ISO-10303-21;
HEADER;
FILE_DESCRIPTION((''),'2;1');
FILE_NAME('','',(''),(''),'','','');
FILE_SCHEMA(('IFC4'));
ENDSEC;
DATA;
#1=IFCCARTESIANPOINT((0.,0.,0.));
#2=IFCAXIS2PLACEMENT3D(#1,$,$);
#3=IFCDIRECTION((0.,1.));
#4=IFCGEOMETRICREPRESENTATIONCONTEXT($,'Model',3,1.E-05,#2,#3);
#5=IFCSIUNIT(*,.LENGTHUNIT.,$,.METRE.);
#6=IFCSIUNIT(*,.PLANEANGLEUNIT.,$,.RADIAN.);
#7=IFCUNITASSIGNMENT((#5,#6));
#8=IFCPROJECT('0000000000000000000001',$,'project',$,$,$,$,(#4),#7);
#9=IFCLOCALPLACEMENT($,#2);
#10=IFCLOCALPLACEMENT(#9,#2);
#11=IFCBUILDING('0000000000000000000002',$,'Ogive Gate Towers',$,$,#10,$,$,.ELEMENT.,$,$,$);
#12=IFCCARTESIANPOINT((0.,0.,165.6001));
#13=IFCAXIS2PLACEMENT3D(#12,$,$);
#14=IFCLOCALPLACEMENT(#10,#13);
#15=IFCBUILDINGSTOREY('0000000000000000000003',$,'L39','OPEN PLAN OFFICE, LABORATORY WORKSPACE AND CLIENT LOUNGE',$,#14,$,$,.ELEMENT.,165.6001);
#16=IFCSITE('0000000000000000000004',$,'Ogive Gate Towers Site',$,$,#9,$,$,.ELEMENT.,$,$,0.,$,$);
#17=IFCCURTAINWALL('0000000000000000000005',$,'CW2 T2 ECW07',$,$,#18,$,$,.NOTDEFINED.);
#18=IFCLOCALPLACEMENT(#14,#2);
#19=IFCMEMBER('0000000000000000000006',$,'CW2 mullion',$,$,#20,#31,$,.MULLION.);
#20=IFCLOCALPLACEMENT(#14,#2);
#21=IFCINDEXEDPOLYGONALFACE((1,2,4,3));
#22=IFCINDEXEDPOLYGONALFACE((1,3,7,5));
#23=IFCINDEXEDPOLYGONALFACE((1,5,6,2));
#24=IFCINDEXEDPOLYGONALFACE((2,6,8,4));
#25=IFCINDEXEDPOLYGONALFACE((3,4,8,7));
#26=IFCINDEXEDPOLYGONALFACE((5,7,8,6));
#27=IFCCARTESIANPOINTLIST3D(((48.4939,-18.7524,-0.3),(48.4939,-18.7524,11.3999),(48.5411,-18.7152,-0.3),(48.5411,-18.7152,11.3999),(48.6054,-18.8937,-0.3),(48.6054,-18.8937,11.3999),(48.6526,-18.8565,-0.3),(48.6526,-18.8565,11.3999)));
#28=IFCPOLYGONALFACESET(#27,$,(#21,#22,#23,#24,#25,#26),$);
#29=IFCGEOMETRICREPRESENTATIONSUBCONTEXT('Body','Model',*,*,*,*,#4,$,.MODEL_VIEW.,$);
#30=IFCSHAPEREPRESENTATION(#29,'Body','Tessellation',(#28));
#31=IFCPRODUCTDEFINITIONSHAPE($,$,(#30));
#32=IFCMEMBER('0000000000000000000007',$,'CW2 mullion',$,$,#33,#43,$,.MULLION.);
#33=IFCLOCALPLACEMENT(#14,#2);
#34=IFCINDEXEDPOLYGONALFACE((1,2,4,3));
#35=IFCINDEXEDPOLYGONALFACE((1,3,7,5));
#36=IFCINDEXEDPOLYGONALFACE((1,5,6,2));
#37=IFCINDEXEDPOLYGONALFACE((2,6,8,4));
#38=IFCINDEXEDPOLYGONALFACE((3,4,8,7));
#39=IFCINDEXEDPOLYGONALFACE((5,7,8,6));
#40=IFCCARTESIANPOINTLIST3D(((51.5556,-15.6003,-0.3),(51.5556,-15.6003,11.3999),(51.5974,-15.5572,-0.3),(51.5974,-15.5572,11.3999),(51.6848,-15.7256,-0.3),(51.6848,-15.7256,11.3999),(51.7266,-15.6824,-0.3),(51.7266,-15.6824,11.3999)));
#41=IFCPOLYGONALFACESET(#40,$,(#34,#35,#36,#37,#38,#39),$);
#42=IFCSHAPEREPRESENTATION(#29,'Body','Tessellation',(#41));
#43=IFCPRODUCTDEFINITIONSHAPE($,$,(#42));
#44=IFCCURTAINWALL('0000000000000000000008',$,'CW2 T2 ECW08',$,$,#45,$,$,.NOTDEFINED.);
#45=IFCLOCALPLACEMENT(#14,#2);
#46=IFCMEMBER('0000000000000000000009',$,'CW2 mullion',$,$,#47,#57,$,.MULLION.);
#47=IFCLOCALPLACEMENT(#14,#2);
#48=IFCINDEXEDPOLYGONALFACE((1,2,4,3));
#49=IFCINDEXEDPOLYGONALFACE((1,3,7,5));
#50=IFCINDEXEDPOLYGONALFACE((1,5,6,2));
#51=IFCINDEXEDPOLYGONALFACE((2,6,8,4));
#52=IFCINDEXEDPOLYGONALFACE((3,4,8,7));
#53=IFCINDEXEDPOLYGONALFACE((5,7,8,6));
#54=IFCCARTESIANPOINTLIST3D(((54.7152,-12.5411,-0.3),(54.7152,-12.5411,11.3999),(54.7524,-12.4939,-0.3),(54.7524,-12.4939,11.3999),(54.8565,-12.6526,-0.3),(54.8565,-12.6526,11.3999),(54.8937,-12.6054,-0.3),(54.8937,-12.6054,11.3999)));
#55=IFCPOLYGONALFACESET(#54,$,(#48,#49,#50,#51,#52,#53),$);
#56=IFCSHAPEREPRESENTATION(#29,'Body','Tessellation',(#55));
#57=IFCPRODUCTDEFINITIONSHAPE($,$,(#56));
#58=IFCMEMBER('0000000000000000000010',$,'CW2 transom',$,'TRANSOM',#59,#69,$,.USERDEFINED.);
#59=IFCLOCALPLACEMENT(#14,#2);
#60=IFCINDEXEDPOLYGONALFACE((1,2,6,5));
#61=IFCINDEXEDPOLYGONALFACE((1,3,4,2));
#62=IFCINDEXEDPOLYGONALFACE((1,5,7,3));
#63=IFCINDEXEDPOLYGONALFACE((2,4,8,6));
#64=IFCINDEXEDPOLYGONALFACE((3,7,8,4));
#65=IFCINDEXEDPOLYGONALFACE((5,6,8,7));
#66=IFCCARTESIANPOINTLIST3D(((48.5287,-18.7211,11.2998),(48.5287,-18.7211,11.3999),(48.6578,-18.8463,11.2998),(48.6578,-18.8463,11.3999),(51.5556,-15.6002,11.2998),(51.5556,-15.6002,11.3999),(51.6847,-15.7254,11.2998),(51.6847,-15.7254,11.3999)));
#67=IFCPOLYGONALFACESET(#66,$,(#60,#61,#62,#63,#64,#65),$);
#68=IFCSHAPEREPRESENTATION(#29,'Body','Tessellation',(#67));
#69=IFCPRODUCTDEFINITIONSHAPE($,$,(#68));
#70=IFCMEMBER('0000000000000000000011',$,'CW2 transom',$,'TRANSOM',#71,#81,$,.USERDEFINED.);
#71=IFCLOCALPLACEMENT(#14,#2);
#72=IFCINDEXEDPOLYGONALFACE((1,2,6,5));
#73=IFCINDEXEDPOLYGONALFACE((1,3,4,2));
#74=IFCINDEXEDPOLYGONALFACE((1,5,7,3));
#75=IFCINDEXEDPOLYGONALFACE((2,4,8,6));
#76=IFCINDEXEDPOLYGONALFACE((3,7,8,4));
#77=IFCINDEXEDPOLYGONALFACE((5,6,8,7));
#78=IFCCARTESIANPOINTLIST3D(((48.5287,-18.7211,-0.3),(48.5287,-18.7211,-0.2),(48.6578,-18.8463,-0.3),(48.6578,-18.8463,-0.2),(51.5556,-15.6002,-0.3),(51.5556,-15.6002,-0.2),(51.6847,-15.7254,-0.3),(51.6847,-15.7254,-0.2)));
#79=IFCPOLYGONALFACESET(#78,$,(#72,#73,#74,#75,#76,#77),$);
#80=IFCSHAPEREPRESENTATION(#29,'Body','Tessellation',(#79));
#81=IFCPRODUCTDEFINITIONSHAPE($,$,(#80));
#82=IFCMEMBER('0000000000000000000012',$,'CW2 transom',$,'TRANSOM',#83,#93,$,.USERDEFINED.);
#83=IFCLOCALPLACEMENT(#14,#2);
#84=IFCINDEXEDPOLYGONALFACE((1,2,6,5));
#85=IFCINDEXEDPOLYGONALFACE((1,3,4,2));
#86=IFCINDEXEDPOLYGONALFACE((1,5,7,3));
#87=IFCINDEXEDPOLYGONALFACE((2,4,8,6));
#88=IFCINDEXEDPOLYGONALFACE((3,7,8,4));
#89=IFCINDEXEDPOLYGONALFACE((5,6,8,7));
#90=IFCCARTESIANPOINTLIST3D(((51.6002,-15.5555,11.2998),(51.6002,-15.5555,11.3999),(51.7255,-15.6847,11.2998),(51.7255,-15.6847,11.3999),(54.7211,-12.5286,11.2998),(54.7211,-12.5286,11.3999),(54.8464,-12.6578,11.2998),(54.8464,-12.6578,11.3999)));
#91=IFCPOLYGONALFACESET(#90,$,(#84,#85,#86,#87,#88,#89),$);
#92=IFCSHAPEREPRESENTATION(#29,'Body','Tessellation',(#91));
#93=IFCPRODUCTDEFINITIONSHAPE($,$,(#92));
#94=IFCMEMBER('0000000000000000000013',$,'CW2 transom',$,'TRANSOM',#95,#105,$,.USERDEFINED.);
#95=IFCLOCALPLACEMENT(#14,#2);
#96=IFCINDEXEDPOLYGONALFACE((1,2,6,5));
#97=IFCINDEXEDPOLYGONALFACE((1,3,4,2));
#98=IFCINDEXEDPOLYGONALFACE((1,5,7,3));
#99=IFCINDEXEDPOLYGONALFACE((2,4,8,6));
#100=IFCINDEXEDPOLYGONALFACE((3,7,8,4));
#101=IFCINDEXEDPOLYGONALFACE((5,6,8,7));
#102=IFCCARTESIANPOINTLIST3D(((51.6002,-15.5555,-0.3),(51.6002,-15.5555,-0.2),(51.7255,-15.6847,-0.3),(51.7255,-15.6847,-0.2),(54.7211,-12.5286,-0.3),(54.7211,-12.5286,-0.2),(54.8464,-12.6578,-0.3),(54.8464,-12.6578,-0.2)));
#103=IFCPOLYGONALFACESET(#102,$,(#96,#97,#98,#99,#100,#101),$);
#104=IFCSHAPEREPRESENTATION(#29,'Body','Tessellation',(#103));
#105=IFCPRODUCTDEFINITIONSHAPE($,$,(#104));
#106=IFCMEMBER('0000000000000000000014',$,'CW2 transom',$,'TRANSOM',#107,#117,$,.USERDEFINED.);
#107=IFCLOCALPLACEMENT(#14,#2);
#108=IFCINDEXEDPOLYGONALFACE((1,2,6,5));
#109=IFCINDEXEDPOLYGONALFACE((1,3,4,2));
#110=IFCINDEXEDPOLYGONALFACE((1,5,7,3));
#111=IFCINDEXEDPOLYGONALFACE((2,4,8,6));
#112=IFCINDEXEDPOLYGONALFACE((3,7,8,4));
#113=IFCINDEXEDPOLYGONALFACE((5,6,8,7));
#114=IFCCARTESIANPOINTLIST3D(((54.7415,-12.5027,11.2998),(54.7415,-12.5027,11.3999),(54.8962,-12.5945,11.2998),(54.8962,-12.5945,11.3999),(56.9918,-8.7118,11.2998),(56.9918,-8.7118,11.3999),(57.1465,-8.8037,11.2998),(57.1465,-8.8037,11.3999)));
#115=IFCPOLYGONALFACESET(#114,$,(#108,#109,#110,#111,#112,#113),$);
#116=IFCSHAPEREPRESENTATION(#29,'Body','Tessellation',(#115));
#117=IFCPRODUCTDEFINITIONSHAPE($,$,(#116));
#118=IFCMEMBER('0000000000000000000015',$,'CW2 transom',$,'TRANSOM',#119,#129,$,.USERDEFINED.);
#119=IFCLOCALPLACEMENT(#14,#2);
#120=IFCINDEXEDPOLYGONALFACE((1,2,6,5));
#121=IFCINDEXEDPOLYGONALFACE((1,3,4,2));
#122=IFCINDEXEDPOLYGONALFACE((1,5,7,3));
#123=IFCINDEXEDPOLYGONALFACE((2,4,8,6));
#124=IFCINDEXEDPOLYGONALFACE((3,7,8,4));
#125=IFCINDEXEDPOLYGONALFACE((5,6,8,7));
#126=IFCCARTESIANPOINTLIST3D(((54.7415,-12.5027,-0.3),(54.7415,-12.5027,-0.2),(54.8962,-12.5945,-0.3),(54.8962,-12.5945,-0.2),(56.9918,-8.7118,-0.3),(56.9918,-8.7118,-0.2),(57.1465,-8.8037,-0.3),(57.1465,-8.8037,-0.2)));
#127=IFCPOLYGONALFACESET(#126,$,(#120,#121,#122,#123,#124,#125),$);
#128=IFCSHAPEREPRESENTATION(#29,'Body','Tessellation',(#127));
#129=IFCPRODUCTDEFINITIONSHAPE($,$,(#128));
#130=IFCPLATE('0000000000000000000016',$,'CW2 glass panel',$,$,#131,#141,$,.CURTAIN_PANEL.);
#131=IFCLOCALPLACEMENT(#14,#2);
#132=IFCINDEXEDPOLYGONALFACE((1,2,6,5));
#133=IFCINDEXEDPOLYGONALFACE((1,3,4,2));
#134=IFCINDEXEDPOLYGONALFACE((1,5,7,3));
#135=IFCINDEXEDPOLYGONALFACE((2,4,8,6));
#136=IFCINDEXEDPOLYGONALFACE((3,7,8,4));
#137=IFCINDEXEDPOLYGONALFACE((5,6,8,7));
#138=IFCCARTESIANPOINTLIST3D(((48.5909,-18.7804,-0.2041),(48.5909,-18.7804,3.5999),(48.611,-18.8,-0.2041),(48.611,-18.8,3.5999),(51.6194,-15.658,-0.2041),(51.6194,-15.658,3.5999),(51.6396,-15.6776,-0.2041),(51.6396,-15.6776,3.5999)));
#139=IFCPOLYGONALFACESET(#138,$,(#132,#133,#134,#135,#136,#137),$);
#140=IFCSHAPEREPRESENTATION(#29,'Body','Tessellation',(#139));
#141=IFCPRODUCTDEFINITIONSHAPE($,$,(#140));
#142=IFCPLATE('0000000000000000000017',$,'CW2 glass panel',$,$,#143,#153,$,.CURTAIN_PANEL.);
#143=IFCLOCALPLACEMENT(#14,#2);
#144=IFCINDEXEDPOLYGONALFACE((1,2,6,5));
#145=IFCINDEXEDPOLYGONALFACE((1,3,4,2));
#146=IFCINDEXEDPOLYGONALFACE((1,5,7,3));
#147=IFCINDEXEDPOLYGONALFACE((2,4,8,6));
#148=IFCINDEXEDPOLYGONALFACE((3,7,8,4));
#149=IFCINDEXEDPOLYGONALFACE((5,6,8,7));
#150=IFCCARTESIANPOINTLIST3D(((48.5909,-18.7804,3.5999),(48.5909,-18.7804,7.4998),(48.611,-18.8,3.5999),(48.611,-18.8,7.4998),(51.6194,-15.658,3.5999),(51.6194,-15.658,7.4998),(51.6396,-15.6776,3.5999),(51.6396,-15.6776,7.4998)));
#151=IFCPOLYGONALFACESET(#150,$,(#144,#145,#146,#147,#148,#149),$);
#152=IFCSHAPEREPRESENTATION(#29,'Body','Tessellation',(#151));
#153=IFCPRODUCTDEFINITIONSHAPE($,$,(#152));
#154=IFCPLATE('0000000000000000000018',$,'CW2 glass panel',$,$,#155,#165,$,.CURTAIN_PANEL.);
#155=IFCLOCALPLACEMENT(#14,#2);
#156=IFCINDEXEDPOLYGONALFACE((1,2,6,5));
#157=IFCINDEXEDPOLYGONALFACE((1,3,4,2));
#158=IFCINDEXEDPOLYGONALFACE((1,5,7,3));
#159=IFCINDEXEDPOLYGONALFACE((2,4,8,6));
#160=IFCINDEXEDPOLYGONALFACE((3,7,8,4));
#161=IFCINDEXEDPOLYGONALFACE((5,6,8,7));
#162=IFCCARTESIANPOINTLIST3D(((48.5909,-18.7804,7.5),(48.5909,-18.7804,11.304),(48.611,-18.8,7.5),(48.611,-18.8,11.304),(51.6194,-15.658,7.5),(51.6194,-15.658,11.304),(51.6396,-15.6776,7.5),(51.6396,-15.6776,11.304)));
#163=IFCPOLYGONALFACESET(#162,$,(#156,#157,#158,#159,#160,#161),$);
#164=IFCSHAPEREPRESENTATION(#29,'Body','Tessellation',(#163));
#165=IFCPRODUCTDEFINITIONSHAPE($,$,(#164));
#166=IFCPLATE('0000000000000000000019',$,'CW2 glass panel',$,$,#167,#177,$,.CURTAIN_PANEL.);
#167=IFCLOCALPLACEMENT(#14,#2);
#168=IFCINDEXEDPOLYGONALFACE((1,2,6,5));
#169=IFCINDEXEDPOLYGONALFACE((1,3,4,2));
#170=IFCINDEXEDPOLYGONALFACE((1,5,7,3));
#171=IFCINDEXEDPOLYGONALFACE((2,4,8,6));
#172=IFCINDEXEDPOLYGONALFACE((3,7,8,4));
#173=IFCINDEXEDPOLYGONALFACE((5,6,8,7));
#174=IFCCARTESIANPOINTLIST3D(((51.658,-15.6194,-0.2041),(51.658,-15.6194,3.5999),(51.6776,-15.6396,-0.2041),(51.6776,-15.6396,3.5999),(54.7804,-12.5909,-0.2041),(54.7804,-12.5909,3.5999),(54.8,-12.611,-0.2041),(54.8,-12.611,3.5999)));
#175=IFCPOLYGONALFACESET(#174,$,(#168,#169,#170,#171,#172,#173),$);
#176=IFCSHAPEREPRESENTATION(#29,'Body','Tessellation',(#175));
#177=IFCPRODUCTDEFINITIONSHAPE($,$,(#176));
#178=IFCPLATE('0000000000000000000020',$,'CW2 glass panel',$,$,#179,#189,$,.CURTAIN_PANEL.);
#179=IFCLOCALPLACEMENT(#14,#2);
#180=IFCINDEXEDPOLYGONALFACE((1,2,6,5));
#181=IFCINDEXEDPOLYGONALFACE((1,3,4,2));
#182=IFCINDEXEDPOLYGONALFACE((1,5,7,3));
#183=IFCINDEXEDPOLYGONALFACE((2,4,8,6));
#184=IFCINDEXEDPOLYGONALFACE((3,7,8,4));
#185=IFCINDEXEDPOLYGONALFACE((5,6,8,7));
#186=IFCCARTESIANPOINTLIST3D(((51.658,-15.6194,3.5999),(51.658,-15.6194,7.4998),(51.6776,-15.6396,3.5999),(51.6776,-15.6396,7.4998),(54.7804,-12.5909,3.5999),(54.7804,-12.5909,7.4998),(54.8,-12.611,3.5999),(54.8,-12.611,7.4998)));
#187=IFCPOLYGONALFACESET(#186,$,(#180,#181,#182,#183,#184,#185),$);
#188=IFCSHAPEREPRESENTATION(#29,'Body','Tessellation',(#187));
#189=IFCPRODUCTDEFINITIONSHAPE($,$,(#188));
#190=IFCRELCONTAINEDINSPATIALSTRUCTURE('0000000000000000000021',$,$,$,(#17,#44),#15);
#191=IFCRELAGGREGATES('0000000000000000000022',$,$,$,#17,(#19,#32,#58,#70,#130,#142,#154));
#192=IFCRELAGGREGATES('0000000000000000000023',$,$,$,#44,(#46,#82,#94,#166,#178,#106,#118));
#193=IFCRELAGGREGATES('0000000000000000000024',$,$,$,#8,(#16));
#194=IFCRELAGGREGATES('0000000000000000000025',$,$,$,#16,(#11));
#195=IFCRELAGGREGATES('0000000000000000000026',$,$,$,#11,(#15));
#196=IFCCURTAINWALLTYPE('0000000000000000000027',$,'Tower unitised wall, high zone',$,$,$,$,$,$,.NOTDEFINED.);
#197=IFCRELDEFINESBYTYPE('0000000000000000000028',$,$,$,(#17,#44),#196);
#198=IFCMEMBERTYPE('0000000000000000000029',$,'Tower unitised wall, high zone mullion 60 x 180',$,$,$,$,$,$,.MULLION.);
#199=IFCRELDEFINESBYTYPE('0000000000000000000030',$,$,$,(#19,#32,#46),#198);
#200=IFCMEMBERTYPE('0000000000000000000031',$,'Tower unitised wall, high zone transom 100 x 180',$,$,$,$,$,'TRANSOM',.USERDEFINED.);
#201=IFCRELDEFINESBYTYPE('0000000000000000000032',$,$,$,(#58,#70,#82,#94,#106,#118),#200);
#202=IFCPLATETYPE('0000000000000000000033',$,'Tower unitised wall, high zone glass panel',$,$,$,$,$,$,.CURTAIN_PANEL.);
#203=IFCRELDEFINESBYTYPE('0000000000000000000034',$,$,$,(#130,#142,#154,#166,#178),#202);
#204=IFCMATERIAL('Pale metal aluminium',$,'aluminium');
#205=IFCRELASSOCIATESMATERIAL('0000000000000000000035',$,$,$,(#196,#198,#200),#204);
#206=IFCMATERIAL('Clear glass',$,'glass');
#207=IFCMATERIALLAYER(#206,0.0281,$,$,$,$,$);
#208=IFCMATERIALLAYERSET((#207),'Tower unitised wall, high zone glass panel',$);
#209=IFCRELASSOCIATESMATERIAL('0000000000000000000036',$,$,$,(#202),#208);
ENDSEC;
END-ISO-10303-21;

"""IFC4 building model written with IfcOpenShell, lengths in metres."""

from ifc_helpers import new_model, si_unit, direction, frame, origin, origin_2d, place, context, subcontext, project, spatial, rectangle, extrude, material, layer, layer_set, material_profile, profile_set, type_object, element, aggregate, save


model = new_model("IFC4")

# Units and contexts
model_context = context("Model", 3, precision=1e-05, world=origin(), true_north=direction((0.0, 1.0)))
body_context = subcontext(model_context, "Body", "Model", "MODEL_VIEW")
ifc_project = project(units=[si_unit("LENGTHUNIT", "METRE"), si_unit("PLANEANGLEUNIT", "RADIAN")], contexts=[model_context])

# Site, building, storey
site_placement = place(None, origin())
site = spatial("IfcSite", under=ifc_project, at=site_placement, Name="Ogive Gate Towers Site", CompositionType="ELEMENT", RefElevation=0.0)
building_placement = place(site_placement, origin())
building = spatial("IfcBuilding", under=site, at=building_placement, Name="Ogive Gate Towers", CompositionType="ELEMENT")
storey_placement = place(building_placement, frame((0.0, 0.0, 165.6001)))
storey = spatial("IfcBuildingStorey", under=building, at=storey_placement, Name="L39", Description="OPEN PLAN OFFICE, LABORATORY WORKSPACE AND CLIENT LOUNGE", CompositionType="ELEMENT", Elevation=165.6001)

# Curtain wall, members
ifc_material_1 = material(Name="Pale metal aluminium", Category="aluminium")
curtain_wall_type = type_object("IfcCurtainWallType", Name="Tower unitised wall, high zone", PredefinedType="NOTDEFINED", material=ifc_material_1)
curtain_wall_1_placement = place(storey_placement, origin())
curtain_wall_1 = element("IfcCurtainWall", 1, at=curtain_wall_1_placement, inside=storey, type_object=curtain_wall_type, Name="CW2 T2 ECW07", PredefinedType="NOTDEFINED")
ifc_material_profile_1 = material_profile(ifc_material_1, rectangle(XDim=0.1799, YDim=0.0601, at=origin_2d()), Name="60 x 180 aluminium box")
ifc_profile_set_1 = profile_set([ifc_material_profile_1], Name="Pale metal aluminium")
member_type_1 = type_object("IfcMemberType", Name="Tower unitised wall, high zone mullion 60 x 180", PredefinedType="MULLION", material=ifc_profile_set_1)
member_1_placement = place(storey_placement, frame((48.5732, -18.8044, -0.3), z_axis=(0.0, 0.0, 1.0), x_axis=(0.61956, -0.784949, 0.0)))
member_1 = element("IfcMember", 2, at=member_1_placement, type_object=member_type_1, Name="CW2 mullion", PredefinedType="MULLION", context=body_context, shape_type="SweptSolid", body=[
    extrude(rectangle(XDim=0.1799, YDim=0.0601, at=origin_2d()), origin(), (0.0, 0.0, 1.0), 11.7),
])
member_2_placement = place(storey_placement, frame((51.6411, -15.6414, -0.3), z_axis=(0.0, 0.0, 1.0), x_axis=(0.71781, -0.696239, 0.0)))
member_2 = element("IfcMember", 3, at=member_2_placement, type_object=member_type_1, Name="CW2 mullion", PredefinedType="MULLION", context=body_context, shape_type="SweptSolid", body=[
    extrude(rectangle(XDim=0.1799, YDim=0.0601, at=origin_2d()), origin(), (0.0, 0.0, 1.0), 11.7),
])

# Curtain wall, member
curtain_wall_2_placement = place(storey_placement, origin())
curtain_wall_2 = element("IfcCurtainWall", 4, at=curtain_wall_2_placement, inside=storey, type_object=curtain_wall_type, Name="CW2 T2 ECW08", PredefinedType="NOTDEFINED")
member_3_placement = place(storey_placement, frame((54.8044, -12.5732, -0.3), z_axis=(0.0, 0.0, 1.0), x_axis=(0.784949, -0.61956, 0.0)))
member_3 = element("IfcMember", 5, at=member_3_placement, type_object=member_type_1, Name="CW2 mullion", PredefinedType="MULLION", context=body_context, shape_type="SweptSolid", body=[
    extrude(rectangle(XDim=0.1799, YDim=0.0601, at=origin_2d()), origin(), (0.0, 0.0, 1.0), 11.7),
])

# Members
ifc_material_profile_2 = material_profile(ifc_material_1, rectangle(XDim=0.1799, YDim=0.1001, at=origin_2d()), Name="100 x 180 aluminium box")
ifc_profile_set_2 = profile_set([ifc_material_profile_2], Name="Pale metal aluminium")
member_type_2 = type_object("IfcMemberType", Name="Tower unitised wall, high zone transom 100 x 180", ElementType="TRANSOM", PredefinedType="USERDEFINED", material=ifc_profile_set_2)
member_4_placement = place(storey_placement, frame((48.5933, -18.7837, 11.3499), z_axis=(0.696214, 0.717834, 0.0), x_axis=(-0.717834, 0.696214, 0.0)))
member_4 = element("IfcMember", 6, at=member_4_placement, type_object=member_type_2, Name="CW2 transom", ObjectType="TRANSOM", PredefinedType="USERDEFINED", context=body_context, shape_type="SweptSolid", body=[
    extrude(rectangle(XDim=0.1799, YDim=0.1001, at=origin_2d()), origin(), (0.0, 0.0, 1.0), 4.3477),
])
member_5_placement = place(storey_placement, frame((48.5933, -18.7837, -0.25), z_axis=(0.696214, 0.717834, 0.0), x_axis=(-0.717834, 0.696214, 0.0)))
member_5 = element("IfcMember", 7, at=member_5_placement, type_object=member_type_2, Name="CW2 transom", ObjectType="TRANSOM", PredefinedType="USERDEFINED", context=body_context, shape_type="SweptSolid", body=[
    extrude(rectangle(XDim=0.1799, YDim=0.1001, at=origin_2d()), origin(), (0.0, 0.0, 1.0), 4.3477),
])
member_6_placement = place(storey_placement, frame((51.6628, -15.6201, 11.3499), z_axis=(0.717834, 0.696214, 0.0), x_axis=(-0.696214, 0.717834, 0.0)))
member_6 = element("IfcMember", 8, at=member_6_placement, type_object=member_type_2, Name="CW2 transom", ObjectType="TRANSOM", PredefinedType="USERDEFINED", context=body_context, shape_type="SweptSolid", body=[
    extrude(rectangle(XDim=0.1799, YDim=0.1001, at=origin_2d()), origin(), (0.0, 0.0, 1.0), 4.3477),
])
member_7_placement = place(storey_placement, frame((51.6628, -15.6201, -0.25), z_axis=(0.717834, 0.696214, 0.0), x_axis=(-0.696214, 0.717834, 0.0)))
member_7 = element("IfcMember", 9, at=member_7_placement, type_object=member_type_2, Name="CW2 transom", ObjectType="TRANSOM", PredefinedType="USERDEFINED", context=body_context, shape_type="SweptSolid", body=[
    extrude(rectangle(XDim=0.1799, YDim=0.1001, at=origin_2d()), origin(), (0.0, 0.0, 1.0), 4.3477),
])
member_8_placement = place(storey_placement, frame((54.8188, -12.5486, 11.3499), z_axis=(0.51045, 0.859907, 0.0), x_axis=(-0.859907, 0.51045, 0.0)))
member_8 = element("IfcMember", 10, at=member_8_placement, type_object=member_type_2, Name="CW2 transom", ObjectType="TRANSOM", PredefinedType="USERDEFINED", context=body_context, shape_type="SweptSolid", body=[
    extrude(rectangle(XDim=0.1799, YDim=0.1001, at=origin_2d()), origin(), (0.0, 0.0, 1.0), 4.4084),
])
member_9_placement = place(storey_placement, frame((54.8188, -12.5486, -0.25), z_axis=(0.51045, 0.859907, 0.0), x_axis=(-0.859907, 0.51045, 0.0)))
member_9 = element("IfcMember", 11, at=member_9_placement, type_object=member_type_2, Name="CW2 transom", ObjectType="TRANSOM", PredefinedType="USERDEFINED", context=body_context, shape_type="SweptSolid", body=[
    extrude(rectangle(XDim=0.1799, YDim=0.1001, at=origin_2d()), origin(), (0.0, 0.0, 1.0), 4.4084),
])

# Plates
ifc_material_2 = material(Name="Clear glass", Category="glass")
ifc_layer_1 = layer(ifc_material_2, 0.0281)
ifc_layer_set_1 = layer_set([ifc_layer_1], Name="Tower unitised wall, high zone glass panel")
plate_type = type_object("IfcPlateType", Name="Tower unitised wall, high zone glass panel", PredefinedType="CURTAIN_PANEL", material=ifc_layer_set_1)
plate_1_placement = place(storey_placement, frame((50.1152, -17.229, -0.2041), z_axis=(0.0, 0.0, 1.0), x_axis=(0.696239, 0.71781, 0.0)))
plate_1 = element("IfcPlate", 12, at=plate_1_placement, type_object=plate_type, Name="CW2 glass panel", PredefinedType="CURTAIN_PANEL", context=body_context, shape_type="SweptSolid", body=[
    extrude(rectangle(XDim=4.3499, YDim=0.0281, at=origin_2d()), origin(), (0.0, 0.0, 1.0), 3.804),
])
plate_2_placement = place(storey_placement, frame((50.1152, -17.229, 3.5999), z_axis=(0.0, 0.0, 1.0), x_axis=(0.696239, 0.71781, 0.0)))
plate_2 = element("IfcPlate", 13, at=plate_2_placement, type_object=plate_type, Name="CW2 glass panel", PredefinedType="CURTAIN_PANEL", context=body_context, shape_type="SweptSolid", body=[
    extrude(rectangle(XDim=4.3499, YDim=0.0281, at=origin_2d()), origin(), (0.0, 0.0, 1.0), 3.8999),
])
plate_3_placement = place(storey_placement, frame((50.1152, -17.229, 7.5), z_axis=(0.0, 0.0, 1.0), x_axis=(0.696239, 0.71781, 0.0)))
plate_3 = element("IfcPlate", 14, at=plate_3_placement, type_object=plate_type, Name="CW2 glass panel", PredefinedType="CURTAIN_PANEL", context=body_context, shape_type="SweptSolid", body=[
    extrude(rectangle(XDim=4.3499, YDim=0.0281, at=origin_2d()), origin(), (0.0, 0.0, 1.0), 3.804),
])
aggregate(curtain_wall_1, [member_1, member_2, member_4, member_5, plate_1, plate_2, plate_3])
plate_4_placement = place(storey_placement, frame((53.229, -14.1152, -0.2041), z_axis=(0.0, 0.0, 1.0), x_axis=(0.71781, 0.696239, 0.0)))
plate_4 = element("IfcPlate", 15, at=plate_4_placement, type_object=plate_type, Name="CW2 glass panel", PredefinedType="CURTAIN_PANEL", context=body_context, shape_type="SweptSolid", body=[
    extrude(rectangle(XDim=4.3499, YDim=0.0281, at=origin_2d()), origin(), (0.0, 0.0, 1.0), 3.804),
])
plate_5_placement = place(storey_placement, frame((53.229, -14.1152, 3.5999), z_axis=(0.0, 0.0, 1.0), x_axis=(0.71781, 0.696239, 0.0)))
plate_5 = element("IfcPlate", 16, at=plate_5_placement, type_object=plate_type, Name="CW2 glass panel", PredefinedType="CURTAIN_PANEL", context=body_context, shape_type="SweptSolid", body=[
    extrude(rectangle(XDim=4.3499, YDim=0.0281, at=origin_2d()), origin(), (0.0, 0.0, 1.0), 3.8999),
])
aggregate(curtain_wall_2, [member_3, member_6, member_7, plate_4, plate_5, member_8, member_9])

save(model, "model.ifc")
